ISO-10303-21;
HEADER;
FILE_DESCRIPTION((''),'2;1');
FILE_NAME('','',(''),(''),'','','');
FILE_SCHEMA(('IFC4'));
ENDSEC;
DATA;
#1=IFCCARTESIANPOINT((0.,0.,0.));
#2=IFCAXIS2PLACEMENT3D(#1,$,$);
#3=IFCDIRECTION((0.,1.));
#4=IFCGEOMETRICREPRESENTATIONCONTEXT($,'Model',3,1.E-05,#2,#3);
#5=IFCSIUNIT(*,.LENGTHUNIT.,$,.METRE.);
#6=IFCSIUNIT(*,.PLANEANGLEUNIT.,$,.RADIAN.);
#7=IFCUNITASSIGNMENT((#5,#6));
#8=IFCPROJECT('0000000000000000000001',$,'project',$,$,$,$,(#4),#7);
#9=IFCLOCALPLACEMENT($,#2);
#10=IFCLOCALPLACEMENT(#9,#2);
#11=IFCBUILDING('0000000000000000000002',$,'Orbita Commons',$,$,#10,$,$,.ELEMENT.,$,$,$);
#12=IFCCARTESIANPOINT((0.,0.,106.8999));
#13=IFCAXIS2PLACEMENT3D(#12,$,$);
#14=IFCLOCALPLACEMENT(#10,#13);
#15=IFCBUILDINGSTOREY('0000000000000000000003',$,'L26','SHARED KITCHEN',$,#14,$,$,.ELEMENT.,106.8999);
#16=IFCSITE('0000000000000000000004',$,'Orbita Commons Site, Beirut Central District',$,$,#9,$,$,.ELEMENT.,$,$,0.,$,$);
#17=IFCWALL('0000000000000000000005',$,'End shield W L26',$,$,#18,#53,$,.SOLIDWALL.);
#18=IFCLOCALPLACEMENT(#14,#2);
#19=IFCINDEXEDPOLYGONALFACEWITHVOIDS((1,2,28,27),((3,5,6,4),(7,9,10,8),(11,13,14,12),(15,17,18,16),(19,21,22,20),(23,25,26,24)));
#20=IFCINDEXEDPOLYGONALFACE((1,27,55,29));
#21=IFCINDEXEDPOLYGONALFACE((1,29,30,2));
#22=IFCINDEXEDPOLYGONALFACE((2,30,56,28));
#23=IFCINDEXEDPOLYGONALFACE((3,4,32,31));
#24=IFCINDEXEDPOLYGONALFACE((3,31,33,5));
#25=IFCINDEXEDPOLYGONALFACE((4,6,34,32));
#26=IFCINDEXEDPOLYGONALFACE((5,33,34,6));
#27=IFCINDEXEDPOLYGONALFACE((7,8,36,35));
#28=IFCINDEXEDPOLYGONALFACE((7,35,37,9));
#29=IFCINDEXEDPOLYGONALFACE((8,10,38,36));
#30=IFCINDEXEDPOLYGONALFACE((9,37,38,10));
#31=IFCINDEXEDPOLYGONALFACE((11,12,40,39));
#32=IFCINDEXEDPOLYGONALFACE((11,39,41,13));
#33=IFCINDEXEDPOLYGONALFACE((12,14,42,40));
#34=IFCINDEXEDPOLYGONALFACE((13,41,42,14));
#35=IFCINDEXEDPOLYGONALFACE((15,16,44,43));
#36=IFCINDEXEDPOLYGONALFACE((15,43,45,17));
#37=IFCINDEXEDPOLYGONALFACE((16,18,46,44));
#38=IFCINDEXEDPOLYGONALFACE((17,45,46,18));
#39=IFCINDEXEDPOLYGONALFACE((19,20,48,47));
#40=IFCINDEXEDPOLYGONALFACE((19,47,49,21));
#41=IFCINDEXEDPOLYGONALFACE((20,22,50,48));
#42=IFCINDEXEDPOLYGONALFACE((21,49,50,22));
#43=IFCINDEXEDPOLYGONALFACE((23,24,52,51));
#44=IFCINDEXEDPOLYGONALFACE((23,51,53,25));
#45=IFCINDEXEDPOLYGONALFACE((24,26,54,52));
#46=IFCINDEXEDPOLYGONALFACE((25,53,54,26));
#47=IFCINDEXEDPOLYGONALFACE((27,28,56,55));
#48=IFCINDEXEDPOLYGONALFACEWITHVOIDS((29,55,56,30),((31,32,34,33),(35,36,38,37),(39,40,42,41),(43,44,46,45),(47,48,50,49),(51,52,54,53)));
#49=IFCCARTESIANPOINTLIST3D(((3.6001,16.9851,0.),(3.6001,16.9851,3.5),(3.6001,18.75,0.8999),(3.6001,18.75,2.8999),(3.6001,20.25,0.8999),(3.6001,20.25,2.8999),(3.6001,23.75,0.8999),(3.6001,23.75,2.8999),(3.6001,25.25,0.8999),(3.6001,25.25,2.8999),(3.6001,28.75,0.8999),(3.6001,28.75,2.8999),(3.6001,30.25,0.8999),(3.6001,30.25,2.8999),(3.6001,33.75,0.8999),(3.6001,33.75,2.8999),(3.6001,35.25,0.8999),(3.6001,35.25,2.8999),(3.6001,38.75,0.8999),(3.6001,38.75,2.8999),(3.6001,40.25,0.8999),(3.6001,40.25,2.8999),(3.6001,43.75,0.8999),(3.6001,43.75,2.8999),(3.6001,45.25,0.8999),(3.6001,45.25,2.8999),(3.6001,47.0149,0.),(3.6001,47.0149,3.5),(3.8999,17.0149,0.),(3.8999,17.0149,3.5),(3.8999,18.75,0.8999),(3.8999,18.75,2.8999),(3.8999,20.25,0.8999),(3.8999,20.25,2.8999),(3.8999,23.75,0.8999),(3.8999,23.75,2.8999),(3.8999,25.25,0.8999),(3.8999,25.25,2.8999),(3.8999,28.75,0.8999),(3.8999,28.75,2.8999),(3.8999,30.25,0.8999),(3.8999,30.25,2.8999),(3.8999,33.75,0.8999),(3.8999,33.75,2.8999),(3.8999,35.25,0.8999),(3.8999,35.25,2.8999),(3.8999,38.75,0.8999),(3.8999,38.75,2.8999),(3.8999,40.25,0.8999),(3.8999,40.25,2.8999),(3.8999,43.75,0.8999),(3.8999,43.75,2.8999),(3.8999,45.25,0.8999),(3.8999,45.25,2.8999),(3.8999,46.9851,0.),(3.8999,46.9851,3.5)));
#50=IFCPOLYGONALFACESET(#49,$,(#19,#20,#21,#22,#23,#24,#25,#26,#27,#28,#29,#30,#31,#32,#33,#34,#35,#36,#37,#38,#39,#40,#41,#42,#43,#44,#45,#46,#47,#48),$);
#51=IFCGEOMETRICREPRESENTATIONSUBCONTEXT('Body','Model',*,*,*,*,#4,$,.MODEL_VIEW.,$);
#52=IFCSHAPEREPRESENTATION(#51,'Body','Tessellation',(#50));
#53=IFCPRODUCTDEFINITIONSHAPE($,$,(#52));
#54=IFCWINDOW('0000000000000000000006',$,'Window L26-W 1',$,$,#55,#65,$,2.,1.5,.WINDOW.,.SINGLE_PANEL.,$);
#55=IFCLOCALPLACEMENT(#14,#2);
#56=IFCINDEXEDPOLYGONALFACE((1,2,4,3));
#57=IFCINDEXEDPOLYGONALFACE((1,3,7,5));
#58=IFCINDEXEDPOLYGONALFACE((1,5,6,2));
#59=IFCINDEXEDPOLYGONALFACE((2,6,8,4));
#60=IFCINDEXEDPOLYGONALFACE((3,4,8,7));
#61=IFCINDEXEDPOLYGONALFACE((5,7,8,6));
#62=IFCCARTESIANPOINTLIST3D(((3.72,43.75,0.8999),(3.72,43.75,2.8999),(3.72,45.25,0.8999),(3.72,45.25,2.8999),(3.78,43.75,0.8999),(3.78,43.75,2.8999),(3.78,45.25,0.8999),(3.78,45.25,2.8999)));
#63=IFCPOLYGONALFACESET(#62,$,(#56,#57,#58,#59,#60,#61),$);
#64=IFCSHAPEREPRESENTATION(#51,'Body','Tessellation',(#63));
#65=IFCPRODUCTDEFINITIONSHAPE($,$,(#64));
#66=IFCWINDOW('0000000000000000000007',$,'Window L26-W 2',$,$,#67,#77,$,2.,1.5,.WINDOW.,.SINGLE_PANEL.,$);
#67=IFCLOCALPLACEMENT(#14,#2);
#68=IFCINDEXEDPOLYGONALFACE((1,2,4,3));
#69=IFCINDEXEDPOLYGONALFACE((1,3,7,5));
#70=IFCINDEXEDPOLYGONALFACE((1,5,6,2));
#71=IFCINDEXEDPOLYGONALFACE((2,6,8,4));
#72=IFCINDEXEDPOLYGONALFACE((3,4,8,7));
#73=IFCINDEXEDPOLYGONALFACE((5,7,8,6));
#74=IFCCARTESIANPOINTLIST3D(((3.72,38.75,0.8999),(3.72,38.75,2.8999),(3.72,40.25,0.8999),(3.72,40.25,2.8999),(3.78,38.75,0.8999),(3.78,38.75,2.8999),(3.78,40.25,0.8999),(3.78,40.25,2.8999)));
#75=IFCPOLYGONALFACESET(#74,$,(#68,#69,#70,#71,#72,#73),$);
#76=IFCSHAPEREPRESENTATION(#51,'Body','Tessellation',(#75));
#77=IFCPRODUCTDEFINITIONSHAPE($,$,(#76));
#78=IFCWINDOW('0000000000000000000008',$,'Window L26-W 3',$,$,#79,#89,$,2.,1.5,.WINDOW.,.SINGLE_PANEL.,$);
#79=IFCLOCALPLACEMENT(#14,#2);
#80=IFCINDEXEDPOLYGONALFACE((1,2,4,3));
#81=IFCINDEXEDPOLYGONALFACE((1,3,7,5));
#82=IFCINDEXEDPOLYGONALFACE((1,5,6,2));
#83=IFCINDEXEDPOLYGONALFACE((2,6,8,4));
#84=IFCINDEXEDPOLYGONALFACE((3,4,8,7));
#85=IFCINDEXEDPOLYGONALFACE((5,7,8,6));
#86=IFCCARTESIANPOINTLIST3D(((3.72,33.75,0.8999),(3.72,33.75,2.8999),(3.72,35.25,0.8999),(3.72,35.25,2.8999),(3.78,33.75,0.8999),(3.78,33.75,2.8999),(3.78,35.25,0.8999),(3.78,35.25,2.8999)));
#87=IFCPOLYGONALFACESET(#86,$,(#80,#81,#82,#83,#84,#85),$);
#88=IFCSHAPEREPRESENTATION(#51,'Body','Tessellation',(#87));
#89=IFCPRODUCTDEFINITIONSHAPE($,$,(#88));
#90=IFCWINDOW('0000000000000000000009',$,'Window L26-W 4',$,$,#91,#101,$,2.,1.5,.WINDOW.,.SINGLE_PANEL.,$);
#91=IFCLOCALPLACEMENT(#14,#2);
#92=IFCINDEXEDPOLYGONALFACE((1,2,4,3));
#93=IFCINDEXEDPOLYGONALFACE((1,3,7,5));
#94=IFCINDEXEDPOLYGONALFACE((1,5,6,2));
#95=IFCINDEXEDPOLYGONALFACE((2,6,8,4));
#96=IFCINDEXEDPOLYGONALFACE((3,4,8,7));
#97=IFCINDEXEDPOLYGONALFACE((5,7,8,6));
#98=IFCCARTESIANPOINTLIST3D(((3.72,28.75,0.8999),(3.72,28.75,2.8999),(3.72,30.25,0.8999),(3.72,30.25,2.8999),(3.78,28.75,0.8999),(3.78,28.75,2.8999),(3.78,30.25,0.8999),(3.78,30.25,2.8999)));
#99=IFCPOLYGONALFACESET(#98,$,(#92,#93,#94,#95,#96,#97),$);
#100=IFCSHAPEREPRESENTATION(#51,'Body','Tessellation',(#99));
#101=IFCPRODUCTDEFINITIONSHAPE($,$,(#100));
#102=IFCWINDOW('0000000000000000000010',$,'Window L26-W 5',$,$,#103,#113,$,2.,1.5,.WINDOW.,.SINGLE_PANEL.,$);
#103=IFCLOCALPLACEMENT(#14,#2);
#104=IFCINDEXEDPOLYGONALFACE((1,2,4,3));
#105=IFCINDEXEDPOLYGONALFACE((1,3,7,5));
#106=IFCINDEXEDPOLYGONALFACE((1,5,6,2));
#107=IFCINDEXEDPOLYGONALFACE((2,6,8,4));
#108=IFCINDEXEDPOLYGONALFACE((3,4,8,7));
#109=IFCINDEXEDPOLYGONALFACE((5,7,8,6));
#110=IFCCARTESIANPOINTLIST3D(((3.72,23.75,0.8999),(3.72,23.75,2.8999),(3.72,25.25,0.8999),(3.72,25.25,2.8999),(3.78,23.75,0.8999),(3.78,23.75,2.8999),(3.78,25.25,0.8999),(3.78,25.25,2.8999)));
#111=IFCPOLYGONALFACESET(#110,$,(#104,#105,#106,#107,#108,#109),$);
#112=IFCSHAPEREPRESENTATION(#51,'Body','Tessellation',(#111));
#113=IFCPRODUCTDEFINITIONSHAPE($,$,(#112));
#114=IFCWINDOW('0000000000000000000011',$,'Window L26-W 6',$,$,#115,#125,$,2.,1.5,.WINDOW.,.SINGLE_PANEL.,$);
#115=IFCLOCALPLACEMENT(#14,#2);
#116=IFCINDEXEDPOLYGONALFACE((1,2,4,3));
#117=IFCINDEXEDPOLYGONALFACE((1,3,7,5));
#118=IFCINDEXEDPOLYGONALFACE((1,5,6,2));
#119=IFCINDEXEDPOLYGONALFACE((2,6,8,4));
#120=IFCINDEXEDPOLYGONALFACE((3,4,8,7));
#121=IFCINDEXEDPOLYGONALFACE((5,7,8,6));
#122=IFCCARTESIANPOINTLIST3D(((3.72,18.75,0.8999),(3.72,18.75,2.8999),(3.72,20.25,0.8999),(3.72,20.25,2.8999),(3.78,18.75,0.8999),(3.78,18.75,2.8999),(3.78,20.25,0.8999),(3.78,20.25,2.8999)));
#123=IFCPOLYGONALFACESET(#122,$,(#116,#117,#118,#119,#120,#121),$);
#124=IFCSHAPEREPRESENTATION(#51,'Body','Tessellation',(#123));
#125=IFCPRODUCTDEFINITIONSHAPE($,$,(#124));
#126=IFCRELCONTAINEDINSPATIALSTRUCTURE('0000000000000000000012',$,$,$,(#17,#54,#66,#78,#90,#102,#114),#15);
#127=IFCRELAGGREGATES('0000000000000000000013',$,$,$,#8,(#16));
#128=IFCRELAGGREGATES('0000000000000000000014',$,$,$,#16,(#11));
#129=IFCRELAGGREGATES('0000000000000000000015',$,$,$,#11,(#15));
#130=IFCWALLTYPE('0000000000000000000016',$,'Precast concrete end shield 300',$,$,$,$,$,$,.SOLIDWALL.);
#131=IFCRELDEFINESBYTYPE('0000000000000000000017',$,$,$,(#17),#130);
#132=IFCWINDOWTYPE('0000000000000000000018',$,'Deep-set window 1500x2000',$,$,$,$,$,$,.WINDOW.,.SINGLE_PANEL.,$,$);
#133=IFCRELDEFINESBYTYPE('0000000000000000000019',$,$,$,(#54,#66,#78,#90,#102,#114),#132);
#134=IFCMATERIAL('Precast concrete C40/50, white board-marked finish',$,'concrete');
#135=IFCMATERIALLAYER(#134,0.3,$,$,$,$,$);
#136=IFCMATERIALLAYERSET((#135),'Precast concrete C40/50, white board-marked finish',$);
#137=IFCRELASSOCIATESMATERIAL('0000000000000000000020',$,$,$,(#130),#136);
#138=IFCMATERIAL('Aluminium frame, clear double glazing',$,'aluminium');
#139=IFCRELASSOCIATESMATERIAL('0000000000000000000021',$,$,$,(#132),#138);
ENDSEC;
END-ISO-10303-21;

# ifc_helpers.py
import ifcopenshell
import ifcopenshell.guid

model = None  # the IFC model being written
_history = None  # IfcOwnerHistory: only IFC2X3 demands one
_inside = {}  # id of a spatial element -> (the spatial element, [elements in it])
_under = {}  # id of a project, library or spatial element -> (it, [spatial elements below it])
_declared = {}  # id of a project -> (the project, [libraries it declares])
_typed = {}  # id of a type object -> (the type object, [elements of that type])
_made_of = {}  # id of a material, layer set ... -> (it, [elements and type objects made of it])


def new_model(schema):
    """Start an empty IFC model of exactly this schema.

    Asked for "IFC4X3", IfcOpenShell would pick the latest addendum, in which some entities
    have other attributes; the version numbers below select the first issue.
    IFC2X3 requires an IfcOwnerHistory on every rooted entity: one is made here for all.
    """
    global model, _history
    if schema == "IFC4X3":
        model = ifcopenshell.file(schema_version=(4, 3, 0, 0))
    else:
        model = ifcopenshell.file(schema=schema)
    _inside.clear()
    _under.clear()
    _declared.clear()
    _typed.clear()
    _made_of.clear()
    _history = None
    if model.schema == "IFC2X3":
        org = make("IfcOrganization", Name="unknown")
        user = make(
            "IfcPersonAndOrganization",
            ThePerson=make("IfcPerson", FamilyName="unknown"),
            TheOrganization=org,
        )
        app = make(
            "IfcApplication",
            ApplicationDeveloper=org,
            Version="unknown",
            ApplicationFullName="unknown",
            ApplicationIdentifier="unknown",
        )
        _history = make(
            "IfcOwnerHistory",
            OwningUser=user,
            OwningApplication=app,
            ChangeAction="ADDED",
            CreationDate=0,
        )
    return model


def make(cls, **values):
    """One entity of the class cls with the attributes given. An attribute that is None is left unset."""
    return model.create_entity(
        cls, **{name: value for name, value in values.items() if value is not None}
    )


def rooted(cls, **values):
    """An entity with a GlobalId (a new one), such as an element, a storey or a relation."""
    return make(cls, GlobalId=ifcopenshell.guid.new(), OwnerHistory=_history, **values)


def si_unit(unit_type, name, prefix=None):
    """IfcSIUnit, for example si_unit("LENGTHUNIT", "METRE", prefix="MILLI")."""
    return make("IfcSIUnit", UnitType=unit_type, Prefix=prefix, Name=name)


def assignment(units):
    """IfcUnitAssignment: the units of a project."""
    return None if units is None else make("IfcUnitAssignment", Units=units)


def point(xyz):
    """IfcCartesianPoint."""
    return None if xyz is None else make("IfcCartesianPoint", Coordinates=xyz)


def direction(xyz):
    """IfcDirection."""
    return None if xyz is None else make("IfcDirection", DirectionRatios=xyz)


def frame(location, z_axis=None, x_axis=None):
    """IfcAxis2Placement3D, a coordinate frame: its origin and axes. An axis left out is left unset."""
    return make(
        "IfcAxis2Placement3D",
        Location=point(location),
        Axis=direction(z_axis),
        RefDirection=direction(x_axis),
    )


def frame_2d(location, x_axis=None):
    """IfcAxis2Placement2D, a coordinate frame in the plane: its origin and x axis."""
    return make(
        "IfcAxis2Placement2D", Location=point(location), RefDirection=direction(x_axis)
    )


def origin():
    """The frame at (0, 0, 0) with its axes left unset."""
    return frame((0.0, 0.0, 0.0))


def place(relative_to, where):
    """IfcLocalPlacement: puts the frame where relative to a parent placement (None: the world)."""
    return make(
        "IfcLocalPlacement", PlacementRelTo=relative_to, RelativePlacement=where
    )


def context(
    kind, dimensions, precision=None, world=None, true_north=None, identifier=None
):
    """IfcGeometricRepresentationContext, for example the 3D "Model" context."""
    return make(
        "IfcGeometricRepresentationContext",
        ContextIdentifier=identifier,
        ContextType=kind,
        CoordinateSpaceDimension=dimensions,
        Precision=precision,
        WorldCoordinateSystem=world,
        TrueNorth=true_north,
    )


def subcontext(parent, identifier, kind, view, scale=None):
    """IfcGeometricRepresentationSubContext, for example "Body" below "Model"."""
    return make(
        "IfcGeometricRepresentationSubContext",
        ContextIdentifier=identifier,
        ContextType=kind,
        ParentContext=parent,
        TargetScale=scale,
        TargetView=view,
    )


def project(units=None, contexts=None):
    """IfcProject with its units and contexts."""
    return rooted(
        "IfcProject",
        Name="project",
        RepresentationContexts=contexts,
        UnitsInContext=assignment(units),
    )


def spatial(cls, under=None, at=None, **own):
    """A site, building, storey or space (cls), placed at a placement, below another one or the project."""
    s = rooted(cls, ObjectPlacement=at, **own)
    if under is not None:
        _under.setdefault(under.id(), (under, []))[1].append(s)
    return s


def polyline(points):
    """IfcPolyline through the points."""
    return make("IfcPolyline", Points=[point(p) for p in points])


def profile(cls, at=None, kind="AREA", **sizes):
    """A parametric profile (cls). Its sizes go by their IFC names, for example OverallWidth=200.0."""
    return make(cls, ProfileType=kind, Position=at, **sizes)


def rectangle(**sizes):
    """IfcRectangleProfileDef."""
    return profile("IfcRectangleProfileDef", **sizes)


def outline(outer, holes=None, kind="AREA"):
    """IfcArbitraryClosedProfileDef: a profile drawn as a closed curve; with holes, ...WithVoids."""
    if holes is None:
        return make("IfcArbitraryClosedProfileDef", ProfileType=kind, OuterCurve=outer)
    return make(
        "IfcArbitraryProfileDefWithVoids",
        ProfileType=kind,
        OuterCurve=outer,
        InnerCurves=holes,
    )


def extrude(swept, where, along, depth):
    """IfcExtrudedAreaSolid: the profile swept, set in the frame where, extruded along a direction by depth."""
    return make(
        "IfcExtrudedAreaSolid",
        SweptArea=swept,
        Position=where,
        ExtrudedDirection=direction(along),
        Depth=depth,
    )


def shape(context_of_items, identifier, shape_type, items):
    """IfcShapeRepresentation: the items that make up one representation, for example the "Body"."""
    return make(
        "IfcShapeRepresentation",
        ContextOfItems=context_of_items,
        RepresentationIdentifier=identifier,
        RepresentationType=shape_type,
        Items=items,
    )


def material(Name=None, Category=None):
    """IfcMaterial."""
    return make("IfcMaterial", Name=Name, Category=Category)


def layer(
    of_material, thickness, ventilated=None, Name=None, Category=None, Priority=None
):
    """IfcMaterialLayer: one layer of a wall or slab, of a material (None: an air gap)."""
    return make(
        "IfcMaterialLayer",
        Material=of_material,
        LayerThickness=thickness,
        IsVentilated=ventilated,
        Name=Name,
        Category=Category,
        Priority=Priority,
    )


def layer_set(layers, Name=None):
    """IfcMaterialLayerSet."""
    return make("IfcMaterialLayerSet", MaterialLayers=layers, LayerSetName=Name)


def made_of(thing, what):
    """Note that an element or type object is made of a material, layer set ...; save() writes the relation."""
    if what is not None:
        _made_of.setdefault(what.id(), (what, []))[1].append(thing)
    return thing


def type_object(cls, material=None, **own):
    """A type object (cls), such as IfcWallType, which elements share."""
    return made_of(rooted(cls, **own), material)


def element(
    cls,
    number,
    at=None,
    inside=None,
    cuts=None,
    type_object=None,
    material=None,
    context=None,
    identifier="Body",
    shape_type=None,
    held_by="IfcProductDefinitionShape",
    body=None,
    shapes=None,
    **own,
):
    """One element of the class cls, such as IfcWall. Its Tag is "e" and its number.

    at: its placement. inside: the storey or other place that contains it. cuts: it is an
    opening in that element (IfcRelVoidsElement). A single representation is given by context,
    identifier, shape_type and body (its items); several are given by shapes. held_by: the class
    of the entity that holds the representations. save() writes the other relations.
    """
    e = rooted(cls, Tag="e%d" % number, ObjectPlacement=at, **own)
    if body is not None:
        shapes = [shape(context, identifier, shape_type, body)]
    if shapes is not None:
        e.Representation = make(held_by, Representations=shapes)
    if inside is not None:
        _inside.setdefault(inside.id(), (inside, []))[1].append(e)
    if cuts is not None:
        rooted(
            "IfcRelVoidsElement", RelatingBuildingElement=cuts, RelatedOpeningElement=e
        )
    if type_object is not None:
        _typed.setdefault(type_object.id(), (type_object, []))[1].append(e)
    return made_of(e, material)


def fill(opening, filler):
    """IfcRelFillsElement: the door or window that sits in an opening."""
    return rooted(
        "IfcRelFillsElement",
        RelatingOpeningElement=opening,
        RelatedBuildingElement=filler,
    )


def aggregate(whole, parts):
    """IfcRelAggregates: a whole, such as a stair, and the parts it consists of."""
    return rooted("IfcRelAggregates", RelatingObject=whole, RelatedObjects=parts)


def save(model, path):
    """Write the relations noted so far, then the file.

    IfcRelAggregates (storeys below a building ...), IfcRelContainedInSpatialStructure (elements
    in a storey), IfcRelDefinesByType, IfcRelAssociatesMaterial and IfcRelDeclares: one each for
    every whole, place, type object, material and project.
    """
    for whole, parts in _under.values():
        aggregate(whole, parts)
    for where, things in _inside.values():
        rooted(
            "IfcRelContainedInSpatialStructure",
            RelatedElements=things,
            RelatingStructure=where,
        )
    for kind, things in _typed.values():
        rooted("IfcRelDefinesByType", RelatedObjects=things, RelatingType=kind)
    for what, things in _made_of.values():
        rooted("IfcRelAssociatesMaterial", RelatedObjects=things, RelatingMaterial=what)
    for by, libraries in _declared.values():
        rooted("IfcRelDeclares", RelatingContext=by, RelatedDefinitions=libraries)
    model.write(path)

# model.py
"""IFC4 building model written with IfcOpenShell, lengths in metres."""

from ifc_helpers import new_model, si_unit, direction, frame, frame_2d, origin, place, context, subcontext, project, spatial, polyline, rectangle, outline, extrude, material, layer, layer_set, type_object, element, fill, save


model = new_model("IFC4")

# Units and contexts
model_context = context("Model", 3, precision=1e-05, world=origin(), true_north=direction((0.0, 1.0)))
body_context = subcontext(model_context, "Body", "Model", "MODEL_VIEW")
ifc_project = project(units=[si_unit("LENGTHUNIT", "METRE"), si_unit("PLANEANGLEUNIT", "RADIAN")], contexts=[model_context])

# Site, building, storey
site_placement = place(None, origin())
site = spatial("IfcSite", under=ifc_project, at=site_placement, Name="Orbita Commons Site, Beirut Central District", CompositionType="ELEMENT", RefElevation=0.0)
building_placement = place(site_placement, origin())
building = spatial("IfcBuilding", under=site, at=building_placement, Name="Orbita Commons", CompositionType="ELEMENT")
storey_placement = place(building_placement, frame((0.0, 0.0, 106.8999)))
storey = spatial("IfcBuildingStorey", under=building, at=storey_placement, Name="L26", Description="SHARED KITCHEN", CompositionType="ELEMENT", Elevation=106.8999)

# Wall, openings, windows
ifc_material_1 = material(Name="Precast concrete C40/50, white board-marked finish", Category="concrete")
ifc_layer_1 = layer(ifc_material_1, 0.3)
ifc_layer_set_1 = layer_set([ifc_layer_1], Name="Precast concrete C40/50, white board-marked finish")
wall_type_1 = type_object("IfcWallType", Name="Precast concrete end shield 300", PredefinedType="SOLIDWALL", material=ifc_layer_set_1)
wall_1_placement = place(storey_placement, frame((3.75, 47.0, 0.0), z_axis=(0.0, 0.0, 1.0), x_axis=(0.0, -1.0, 0.0)))
wall_1 = element("IfcWall", 1, at=wall_1_placement, inside=storey, type_object=wall_type_1, Name="End shield W L26", PredefinedType="SOLIDWALL", context=body_context, shape_type="SweptSolid", body=[
    extrude(outline(polyline([(-0.0149, -0.1499), (30.0149, -0.1499), (29.9851, 0.1499), (0.0149, 0.1499), (-0.0149, -0.1499)])), origin(), (0.0, 0.0, 1.0), 3.5),
])
opening_1_placement = place(wall_1_placement, frame((1.75, 0.0, 0.8999)))
opening_1 = element("IfcOpeningElement", 2, at=opening_1_placement, cuts=wall_1, PredefinedType="OPENING", context=body_context, shape_type="SweptSolid", body=[
    extrude(rectangle(XDim=1.5, YDim=2.0, at=frame_2d((0.75, 1.0))), frame((0.0, 0.1599, 0.0), z_axis=(0.0, -1.0, 0.0), x_axis=(1.0, 0.0, 0.0)), (0.0, 0.0, 1.0), 0.3201),
])
opening_2_placement = place(wall_1_placement, frame((6.75, 0.0, 0.8999)))
opening_2 = element("IfcOpeningElement", 3, at=opening_2_placement, cuts=wall_1, PredefinedType="OPENING", context=body_context, shape_type="SweptSolid", body=[
    extrude(rectangle(XDim=1.5, YDim=2.0, at=frame_2d((0.75, 1.0))), frame((0.0, 0.1599, 0.0), z_axis=(0.0, -1.0, 0.0), x_axis=(1.0, 0.0, 0.0)), (0.0, 0.0, 1.0), 0.3201),
])
opening_3_placement = place(wall_1_placement, frame((11.75, 0.0, 0.8999)))
opening_3 = element("IfcOpeningElement", 4, at=opening_3_placement, cuts=wall_1, PredefinedType="OPENING", context=body_context, shape_type="SweptSolid", body=[
    extrude(rectangle(XDim=1.5, YDim=2.0, at=frame_2d((0.75, 1.0))), frame((0.0, 0.1599, 0.0), z_axis=(0.0, -1.0, 0.0), x_axis=(1.0, 0.0, 0.0)), (0.0, 0.0, 1.0), 0.3201),
])
opening_4_placement = place(wall_1_placement, frame((16.75, 0.0, 0.8999)))
opening_4 = element("IfcOpeningElement", 5, at=opening_4_placement, cuts=wall_1, PredefinedType="OPENING", context=body_context, shape_type="SweptSolid", body=[
    extrude(rectangle(XDim=1.5, YDim=2.0, at=frame_2d((0.75, 1.0))), frame((0.0, 0.1599, 0.0), z_axis=(0.0, -1.0, 0.0), x_axis=(1.0, 0.0, 0.0)), (0.0, 0.0, 1.0), 0.3201),
])
opening_5_placement = place(wall_1_placement, frame((21.75, 0.0, 0.8999)))
opening_5 = element("IfcOpeningElement", 6, at=opening_5_placement, cuts=wall_1, PredefinedType="OPENING", context=body_context, shape_type="SweptSolid", body=[
    extrude(rectangle(XDim=1.5, YDim=2.0, at=frame_2d((0.75, 1.0))), frame((0.0, 0.1599, 0.0), z_axis=(0.0, -1.0, 0.0), x_axis=(1.0, 0.0, 0.0)), (0.0, 0.0, 1.0), 0.3201),
])
opening_6_placement = place(wall_1_placement, frame((26.75, 0.0, 0.8999)))
opening_6 = element("IfcOpeningElement", 7, at=opening_6_placement, cuts=wall_1, PredefinedType="OPENING", context=body_context, shape_type="SweptSolid", body=[
    extrude(rectangle(XDim=1.5, YDim=2.0, at=frame_2d((0.75, 1.0))), frame((0.0, 0.1599, 0.0), z_axis=(0.0, -1.0, 0.0), x_axis=(1.0, 0.0, 0.0)), (0.0, 0.0, 1.0), 0.3201),
])
ifc_material_2 = material(Name="Aluminium frame, clear double glazing", Category="aluminium")
window_type = type_object("IfcWindowType", Name="Deep-set window 1500x2000", PartitioningType="SINGLE_PANEL", PredefinedType="WINDOW", material=ifc_material_2)
window_1_placement = place(opening_1_placement, origin())
window_1 = element("IfcWindow", 8, at=window_1_placement, inside=storey, type_object=window_type, Name="Window L26-W 1", OverallHeight=2.0, OverallWidth=1.5, PartitioningType="SINGLE_PANEL", PredefinedType="WINDOW", context=body_context, shape_type="SweptSolid", body=[
    extrude(rectangle(XDim=1.5, YDim=2.0, at=frame_2d((0.75, 1.0))), frame((0.0, 0.03, 0.0), z_axis=(0.0, -1.0, 0.0), x_axis=(1.0, 0.0, 0.0)), (0.0, 0.0, 1.0), 0.0601),
])
fill(opening_1, window_1)
window_2_placement = place(opening_2_placement, origin())
window_2 = element("IfcWindow", 9, at=window_2_placement, inside=storey, type_object=window_type, Name="Window L26-W 2", OverallHeight=2.0, OverallWidth=1.5, PartitioningType="SINGLE_PANEL", PredefinedType="WINDOW", context=body_context, shape_type="SweptSolid", body=[
    extrude(rectangle(XDim=1.5, YDim=2.0, at=frame_2d((0.75, 1.0))), frame((0.0, 0.03, 0.0), z_axis=(0.0, -1.0, 0.0), x_axis=(1.0, 0.0, 0.0)), (0.0, 0.0, 1.0), 0.0601),
])
fill(opening_2, window_2)
window_3_placement = place(opening_3_placement, origin())
window_3 = element("IfcWindow", 10, at=window_3_placement, inside=storey, type_object=window_type, Name="Window L26-W 3", OverallHeight=2.0, OverallWidth=1.5, PartitioningType="SINGLE_PANEL", PredefinedType="WINDOW", context=body_context, shape_type="SweptSolid", body=[
    extrude(rectangle(XDim=1.5, YDim=2.0, at=frame_2d((0.75, 1.0))), frame((0.0, 0.03, 0.0), z_axis=(0.0, -1.0, 0.0), x_axis=(1.0, 0.0, 0.0)), (0.0, 0.0, 1.0), 0.0601),
])
fill(opening_3, window_3)
window_4_placement = place(opening_4_placement, origin())
window_4 = element("IfcWindow", 11, at=window_4_placement, inside=storey, type_object=window_type, Name="Window L26-W 4", OverallHeight=2.0, OverallWidth=1.5, PartitioningType="SINGLE_PANEL", PredefinedType="WINDOW", context=body_context, shape_type="SweptSolid", body=[
    extrude(rectangle(XDim=1.5, YDim=2.0, at=frame_2d((0.75, 1.0))), frame((0.0, 0.03, 0.0), z_axis=(0.0, -1.0, 0.0), x_axis=(1.0, 0.0, 0.0)), (0.0, 0.0, 1.0), 0.0601),
])
fill(opening_4, window_4)
window_5_placement = place(opening_5_placement, origin())
window_5 = element("IfcWindow", 12, at=window_5_placement, inside=storey, type_object=window_type, Name="Window L26-W 5", OverallHeight=2.0, OverallWidth=1.5, PartitioningType="SINGLE_PANEL", PredefinedType="WINDOW", context=body_context, shape_type="SweptSolid", body=[
    extrude(rectangle(XDim=1.5, YDim=2.0, at=frame_2d((0.75, 1.0))), frame((0.0, 0.03, 0.0), z_axis=(0.0, -1.0, 0.0), x_axis=(1.0, 0.0, 0.0)), (0.0, 0.0, 1.0), 0.0601),
])
fill(opening_5, window_5)
window_6_placement = place(opening_6_placement, origin())
window_6 = element("IfcWindow", 13, at=window_6_placement, inside=storey, type_object=window_type, Name="Window L26-W 6", OverallHeight=2.0, OverallWidth=1.5, PartitioningType="SINGLE_PANEL", PredefinedType="WINDOW", context=body_context, shape_type="SweptSolid", body=[
    extrude(rectangle(XDim=1.5, YDim=2.0, at=frame_2d((0.75, 1.0))), frame((0.0, 0.03, 0.0), z_axis=(0.0, -1.0, 0.0), x_axis=(1.0, 0.0, 0.0)), (0.0, 0.0, 1.0), 0.0601),
])
fill(opening_6, window_6)

save(model, "model.ifc")
